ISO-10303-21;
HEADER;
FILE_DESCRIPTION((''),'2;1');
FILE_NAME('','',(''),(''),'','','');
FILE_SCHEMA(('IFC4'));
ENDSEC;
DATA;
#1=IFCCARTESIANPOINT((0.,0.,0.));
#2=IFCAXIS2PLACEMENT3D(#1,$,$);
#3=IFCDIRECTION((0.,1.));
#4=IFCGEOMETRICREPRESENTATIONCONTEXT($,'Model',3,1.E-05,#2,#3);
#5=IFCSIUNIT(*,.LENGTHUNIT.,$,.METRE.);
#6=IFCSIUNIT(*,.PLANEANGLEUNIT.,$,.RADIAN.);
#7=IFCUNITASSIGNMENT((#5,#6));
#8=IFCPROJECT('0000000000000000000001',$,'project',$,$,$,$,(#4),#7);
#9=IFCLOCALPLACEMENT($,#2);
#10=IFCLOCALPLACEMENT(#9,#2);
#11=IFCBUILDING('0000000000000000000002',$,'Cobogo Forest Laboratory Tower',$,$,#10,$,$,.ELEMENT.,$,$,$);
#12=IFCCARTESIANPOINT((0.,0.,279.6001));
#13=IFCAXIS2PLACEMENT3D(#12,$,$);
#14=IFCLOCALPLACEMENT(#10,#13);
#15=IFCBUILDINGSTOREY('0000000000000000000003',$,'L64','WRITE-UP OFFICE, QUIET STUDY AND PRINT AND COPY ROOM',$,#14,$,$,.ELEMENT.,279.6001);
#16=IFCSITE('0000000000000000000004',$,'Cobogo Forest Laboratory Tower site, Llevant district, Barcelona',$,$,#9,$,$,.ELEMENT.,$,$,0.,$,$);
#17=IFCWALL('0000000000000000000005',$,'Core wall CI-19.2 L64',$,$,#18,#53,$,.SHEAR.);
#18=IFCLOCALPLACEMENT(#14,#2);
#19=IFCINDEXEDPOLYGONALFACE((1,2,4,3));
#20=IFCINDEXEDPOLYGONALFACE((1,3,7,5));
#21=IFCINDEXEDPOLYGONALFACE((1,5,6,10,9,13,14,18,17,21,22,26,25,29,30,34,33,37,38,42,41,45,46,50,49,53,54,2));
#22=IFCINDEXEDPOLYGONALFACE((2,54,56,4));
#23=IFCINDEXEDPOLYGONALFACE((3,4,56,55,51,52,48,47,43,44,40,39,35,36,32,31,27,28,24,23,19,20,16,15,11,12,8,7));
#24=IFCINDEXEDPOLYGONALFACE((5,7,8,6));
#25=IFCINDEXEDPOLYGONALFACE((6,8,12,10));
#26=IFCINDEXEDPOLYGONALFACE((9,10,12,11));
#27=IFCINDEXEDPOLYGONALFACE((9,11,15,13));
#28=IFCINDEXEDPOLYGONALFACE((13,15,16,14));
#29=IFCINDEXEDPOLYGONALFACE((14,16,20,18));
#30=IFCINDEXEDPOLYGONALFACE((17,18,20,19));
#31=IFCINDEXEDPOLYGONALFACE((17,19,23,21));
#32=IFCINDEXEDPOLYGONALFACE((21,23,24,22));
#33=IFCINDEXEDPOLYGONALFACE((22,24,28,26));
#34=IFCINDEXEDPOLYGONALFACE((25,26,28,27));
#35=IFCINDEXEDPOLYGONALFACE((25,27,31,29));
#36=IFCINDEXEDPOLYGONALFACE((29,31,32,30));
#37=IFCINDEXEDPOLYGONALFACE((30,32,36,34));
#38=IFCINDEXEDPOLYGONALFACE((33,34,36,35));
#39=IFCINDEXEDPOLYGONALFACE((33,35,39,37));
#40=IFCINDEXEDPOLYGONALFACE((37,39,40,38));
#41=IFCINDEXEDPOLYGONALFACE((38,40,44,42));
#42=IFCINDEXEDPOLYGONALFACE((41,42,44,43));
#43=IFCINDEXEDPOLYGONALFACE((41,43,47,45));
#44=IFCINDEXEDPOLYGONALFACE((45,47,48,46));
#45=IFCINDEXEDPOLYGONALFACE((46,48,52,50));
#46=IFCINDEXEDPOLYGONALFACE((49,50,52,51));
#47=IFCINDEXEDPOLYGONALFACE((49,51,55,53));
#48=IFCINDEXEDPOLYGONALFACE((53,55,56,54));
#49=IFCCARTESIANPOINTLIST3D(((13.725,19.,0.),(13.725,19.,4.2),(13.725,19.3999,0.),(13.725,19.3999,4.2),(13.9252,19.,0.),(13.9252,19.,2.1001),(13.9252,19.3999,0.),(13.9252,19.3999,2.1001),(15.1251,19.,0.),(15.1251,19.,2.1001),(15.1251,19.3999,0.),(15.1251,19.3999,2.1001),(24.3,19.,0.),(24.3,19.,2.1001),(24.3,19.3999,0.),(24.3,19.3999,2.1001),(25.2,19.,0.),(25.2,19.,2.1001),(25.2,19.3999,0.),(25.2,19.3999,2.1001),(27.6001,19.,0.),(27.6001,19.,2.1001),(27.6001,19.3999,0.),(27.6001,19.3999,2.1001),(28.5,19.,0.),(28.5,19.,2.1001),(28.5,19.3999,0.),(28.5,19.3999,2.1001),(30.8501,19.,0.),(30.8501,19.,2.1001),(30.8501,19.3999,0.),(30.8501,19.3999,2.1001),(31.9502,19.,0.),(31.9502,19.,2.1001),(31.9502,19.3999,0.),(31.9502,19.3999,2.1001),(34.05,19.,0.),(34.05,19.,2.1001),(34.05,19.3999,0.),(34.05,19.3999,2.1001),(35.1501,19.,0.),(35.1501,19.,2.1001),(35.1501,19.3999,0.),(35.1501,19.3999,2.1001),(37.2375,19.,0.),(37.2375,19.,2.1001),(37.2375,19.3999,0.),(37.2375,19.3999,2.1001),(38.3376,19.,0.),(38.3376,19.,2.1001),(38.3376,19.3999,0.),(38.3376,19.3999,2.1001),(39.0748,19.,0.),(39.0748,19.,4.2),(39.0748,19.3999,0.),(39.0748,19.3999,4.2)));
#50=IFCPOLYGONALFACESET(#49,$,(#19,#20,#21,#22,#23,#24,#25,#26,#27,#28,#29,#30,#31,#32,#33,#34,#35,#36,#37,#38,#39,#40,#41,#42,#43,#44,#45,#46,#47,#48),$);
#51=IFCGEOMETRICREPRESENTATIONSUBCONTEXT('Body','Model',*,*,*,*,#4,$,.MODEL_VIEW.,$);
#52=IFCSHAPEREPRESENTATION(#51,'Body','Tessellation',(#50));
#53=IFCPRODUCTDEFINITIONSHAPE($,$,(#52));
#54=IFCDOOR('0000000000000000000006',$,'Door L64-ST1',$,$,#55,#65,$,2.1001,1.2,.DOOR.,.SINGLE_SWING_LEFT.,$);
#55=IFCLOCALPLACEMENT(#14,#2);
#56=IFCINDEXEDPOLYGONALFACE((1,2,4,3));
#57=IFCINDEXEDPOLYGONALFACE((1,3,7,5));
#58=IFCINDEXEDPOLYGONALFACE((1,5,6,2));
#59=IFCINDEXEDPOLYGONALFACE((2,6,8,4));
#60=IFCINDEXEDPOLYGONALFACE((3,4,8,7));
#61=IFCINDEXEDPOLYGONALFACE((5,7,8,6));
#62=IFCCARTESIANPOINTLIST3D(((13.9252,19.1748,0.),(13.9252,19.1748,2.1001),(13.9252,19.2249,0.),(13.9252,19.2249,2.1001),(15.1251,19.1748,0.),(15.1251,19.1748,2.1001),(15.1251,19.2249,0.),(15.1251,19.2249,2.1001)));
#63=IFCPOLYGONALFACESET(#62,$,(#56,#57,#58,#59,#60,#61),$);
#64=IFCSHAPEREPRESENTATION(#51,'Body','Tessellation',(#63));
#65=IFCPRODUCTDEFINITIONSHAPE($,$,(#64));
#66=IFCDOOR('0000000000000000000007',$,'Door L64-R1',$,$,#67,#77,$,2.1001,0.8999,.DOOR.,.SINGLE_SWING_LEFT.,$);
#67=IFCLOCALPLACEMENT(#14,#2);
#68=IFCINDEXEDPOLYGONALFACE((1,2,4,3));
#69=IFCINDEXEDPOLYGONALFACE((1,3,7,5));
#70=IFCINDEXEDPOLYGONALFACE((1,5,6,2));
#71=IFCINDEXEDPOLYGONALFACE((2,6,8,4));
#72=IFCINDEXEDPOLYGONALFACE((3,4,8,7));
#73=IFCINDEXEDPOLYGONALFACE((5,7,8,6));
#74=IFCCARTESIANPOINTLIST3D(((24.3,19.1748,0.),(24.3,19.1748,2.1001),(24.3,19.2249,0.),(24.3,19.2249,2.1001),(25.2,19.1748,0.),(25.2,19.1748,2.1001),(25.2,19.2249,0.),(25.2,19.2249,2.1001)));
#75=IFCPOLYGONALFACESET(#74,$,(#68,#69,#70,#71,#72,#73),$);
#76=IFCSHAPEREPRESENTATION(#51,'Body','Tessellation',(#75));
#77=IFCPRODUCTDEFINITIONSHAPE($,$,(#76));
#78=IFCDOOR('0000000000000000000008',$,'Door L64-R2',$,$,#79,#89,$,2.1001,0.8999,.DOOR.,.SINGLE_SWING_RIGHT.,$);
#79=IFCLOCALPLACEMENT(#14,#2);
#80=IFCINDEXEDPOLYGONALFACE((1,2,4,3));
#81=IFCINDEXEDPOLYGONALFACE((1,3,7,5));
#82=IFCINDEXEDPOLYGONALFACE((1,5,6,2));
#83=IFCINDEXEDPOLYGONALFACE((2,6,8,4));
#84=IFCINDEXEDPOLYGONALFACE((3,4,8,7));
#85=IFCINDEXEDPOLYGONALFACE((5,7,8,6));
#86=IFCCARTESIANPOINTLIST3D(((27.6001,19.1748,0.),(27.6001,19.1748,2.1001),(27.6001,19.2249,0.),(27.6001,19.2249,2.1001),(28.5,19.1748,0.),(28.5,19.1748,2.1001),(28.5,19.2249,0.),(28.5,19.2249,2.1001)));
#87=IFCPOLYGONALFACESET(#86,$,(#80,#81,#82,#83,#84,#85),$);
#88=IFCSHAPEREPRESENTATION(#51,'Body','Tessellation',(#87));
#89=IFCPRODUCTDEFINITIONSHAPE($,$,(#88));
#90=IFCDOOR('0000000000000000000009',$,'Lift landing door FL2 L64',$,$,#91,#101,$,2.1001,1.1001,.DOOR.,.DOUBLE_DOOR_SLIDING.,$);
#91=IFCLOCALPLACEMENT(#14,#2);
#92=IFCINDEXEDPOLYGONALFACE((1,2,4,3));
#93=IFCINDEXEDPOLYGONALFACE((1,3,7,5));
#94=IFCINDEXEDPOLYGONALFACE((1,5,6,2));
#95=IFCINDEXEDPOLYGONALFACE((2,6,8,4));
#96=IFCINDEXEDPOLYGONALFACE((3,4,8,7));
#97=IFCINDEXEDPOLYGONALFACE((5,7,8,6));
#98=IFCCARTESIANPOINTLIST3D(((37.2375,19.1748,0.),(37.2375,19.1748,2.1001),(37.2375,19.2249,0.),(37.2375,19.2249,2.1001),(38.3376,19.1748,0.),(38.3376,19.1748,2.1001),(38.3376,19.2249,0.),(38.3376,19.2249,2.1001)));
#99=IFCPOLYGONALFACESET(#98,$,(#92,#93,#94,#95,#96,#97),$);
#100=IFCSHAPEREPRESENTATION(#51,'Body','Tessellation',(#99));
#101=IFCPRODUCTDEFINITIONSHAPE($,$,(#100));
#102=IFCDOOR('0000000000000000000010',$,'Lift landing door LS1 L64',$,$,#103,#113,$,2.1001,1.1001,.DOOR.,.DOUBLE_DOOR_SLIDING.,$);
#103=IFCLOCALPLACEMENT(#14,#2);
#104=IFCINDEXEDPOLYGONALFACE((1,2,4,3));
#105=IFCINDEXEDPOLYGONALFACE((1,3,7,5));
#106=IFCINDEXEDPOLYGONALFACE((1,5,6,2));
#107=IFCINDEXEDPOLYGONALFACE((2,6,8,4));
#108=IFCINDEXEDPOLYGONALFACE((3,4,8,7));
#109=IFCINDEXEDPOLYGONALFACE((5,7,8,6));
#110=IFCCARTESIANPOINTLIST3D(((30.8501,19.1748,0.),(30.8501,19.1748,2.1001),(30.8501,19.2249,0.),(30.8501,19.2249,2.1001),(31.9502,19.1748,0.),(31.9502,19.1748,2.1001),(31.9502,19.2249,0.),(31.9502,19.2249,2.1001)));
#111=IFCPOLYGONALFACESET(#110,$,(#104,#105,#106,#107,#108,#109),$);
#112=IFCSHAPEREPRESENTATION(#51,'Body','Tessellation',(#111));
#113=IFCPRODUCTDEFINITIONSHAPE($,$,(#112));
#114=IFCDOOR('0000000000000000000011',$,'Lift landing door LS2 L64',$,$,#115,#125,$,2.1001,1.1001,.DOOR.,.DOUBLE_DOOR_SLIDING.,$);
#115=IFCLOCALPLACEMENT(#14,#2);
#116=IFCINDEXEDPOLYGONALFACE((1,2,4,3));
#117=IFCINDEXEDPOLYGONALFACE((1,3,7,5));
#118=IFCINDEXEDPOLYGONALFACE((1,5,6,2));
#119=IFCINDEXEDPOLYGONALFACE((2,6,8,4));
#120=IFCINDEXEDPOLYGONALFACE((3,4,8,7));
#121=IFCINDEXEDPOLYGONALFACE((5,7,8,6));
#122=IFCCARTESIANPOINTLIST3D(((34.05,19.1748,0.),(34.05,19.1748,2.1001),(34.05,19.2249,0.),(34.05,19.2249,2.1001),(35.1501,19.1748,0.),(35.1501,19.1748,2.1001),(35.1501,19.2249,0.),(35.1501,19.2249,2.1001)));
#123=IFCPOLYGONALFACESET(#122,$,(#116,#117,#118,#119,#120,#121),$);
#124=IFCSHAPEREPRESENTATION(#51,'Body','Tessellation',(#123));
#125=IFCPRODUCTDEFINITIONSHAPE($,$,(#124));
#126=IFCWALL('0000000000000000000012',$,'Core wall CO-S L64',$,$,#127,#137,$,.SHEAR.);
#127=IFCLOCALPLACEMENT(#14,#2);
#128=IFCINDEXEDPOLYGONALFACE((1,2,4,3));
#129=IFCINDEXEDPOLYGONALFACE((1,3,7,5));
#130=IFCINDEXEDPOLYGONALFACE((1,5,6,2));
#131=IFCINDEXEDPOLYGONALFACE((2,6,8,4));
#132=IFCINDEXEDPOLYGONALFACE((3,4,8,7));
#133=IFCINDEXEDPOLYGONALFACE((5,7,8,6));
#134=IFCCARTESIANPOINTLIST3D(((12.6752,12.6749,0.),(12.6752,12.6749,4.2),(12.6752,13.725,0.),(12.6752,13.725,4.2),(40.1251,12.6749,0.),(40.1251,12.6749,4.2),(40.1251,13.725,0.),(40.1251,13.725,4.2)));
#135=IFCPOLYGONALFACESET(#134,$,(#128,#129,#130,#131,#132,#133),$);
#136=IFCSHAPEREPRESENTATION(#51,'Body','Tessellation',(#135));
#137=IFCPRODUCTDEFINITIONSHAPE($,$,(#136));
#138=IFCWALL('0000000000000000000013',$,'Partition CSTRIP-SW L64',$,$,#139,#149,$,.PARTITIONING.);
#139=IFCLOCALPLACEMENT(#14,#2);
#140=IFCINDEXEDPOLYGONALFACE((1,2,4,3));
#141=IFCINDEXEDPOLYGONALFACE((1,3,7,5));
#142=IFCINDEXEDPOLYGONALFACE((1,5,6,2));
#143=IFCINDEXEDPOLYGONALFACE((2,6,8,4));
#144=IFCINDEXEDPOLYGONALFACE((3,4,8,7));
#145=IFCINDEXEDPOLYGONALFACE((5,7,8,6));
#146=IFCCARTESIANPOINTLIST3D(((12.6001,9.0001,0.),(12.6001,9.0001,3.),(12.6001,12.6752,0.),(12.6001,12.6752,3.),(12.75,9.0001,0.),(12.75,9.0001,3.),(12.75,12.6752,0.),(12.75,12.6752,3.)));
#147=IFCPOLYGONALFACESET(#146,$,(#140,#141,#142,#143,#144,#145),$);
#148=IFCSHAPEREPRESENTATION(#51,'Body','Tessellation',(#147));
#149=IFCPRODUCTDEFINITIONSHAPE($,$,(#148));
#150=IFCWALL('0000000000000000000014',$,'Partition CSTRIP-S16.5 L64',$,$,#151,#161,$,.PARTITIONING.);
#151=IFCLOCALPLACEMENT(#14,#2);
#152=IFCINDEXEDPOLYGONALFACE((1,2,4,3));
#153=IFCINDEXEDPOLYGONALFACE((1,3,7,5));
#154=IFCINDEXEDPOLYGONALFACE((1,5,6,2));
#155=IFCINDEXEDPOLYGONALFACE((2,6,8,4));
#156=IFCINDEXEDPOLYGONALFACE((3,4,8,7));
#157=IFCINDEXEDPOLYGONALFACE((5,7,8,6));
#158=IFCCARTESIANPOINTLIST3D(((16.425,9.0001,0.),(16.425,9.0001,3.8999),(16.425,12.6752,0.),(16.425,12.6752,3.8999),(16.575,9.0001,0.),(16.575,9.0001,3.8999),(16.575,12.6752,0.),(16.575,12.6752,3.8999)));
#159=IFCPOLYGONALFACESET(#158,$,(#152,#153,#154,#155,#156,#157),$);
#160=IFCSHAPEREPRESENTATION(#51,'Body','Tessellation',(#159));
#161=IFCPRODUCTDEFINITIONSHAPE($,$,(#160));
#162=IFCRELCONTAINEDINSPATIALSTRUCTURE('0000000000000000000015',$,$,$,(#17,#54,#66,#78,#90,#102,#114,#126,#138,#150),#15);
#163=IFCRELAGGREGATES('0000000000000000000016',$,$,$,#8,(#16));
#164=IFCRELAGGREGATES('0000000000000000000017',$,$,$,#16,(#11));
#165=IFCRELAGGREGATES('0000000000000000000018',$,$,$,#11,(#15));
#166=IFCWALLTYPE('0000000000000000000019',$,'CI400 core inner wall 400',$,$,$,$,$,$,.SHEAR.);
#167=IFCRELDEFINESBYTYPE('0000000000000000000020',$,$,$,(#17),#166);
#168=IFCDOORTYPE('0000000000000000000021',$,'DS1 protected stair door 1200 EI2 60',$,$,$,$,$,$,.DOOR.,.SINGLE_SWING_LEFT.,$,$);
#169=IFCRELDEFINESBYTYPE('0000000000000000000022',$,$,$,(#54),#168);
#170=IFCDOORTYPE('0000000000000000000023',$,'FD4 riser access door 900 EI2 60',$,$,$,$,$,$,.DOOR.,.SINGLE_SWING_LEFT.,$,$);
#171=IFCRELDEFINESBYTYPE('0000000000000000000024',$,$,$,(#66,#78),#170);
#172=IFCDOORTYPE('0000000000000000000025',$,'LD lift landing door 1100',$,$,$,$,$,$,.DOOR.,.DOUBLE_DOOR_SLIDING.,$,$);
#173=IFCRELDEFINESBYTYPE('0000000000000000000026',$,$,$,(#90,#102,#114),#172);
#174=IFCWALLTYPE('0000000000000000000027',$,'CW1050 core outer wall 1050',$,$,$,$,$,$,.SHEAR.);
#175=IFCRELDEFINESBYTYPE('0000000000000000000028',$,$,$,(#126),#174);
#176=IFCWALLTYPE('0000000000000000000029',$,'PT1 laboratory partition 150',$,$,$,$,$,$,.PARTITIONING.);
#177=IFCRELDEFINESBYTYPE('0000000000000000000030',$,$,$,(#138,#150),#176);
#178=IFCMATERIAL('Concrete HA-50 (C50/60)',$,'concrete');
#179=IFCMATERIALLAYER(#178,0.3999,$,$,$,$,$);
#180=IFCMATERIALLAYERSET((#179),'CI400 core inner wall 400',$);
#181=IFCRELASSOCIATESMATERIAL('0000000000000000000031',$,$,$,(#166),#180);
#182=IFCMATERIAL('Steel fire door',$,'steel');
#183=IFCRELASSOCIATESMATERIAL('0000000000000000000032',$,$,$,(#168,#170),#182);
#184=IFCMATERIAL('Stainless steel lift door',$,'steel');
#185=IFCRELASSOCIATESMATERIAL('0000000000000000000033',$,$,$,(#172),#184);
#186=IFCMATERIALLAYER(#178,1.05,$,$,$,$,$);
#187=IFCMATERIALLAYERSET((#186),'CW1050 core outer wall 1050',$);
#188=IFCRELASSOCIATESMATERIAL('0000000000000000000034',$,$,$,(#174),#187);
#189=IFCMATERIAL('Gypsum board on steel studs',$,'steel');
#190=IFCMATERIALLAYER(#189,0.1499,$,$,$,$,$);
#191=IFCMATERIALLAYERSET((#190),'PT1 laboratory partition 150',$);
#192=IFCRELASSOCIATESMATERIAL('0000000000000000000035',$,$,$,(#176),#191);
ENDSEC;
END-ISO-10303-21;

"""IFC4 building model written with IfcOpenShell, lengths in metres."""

from ifc_helpers import new_model, si_unit, direction, frame, frame_2d, origin, place, context, subcontext, project, spatial, rectangle, extrude, material, layer, layer_set, type_object, element, fill, save


model = new_model("IFC4")

# Units and contexts
model_context = context("Model", 3, precision=1e-05, world=origin(), true_north=direction((0.0, 1.0)))
body_context = subcontext(model_context, "Body", "Model", "MODEL_VIEW")
ifc_project = project(units=[si_unit("LENGTHUNIT", "METRE"), si_unit("PLANEANGLEUNIT", "RADIAN")], contexts=[model_context])

# Site, building, storey
site_placement = place(None, origin())
site = spatial("IfcSite", under=ifc_project, at=site_placement, Name="Cobogo Forest Laboratory Tower site, Llevant district, Barcelona", CompositionType="ELEMENT", RefElevation=0.0)
building_placement = place(site_placement, origin())
building = spatial("IfcBuilding", under=site, at=building_placement, Name="Cobogo Forest Laboratory Tower", CompositionType="ELEMENT")
storey_placement = place(building_placement, frame((0.0, 0.0, 279.6001)))
storey = spatial("IfcBuildingStorey", under=building, at=storey_placement, Name="L64", Description="WRITE-UP OFFICE, QUIET STUDY AND PRINT AND COPY ROOM", CompositionType="ELEMENT", Elevation=279.6001)

# Wall, openings, doors
ifc_material_1 = material(Name="Concrete HA-50 (C50/60)", Category="concrete")
ifc_layer_1 = layer(ifc_material_1, 0.3999)
ifc_layer_set_1 = layer_set([ifc_layer_1], Name="CI400 core inner wall 400")
wall_type_1 = type_object("IfcWallType", Name="CI400 core inner wall 400", PredefinedType="SHEAR", material=ifc_layer_set_1)
ifc_material_2 = material(Name="Steel fire door", Category="steel")
wall_1_placement = place(storey_placement, frame((13.7251, 19.2, 0.0), z_axis=(0.0, 0.0, 1.0), x_axis=(1.0, 0.0, 0.0)))
wall_1 = element("IfcWall", 1, at=wall_1_placement, inside=storey, type_object=wall_type_1, Name="Core wall CI-19.2 L64", PredefinedType="SHEAR", context=body_context, shape_type="SweptSolid", body=[
    extrude(rectangle(XDim=25.3499, YDim=0.3999, at=frame_2d((12.6748, 0.0))), origin(), (0.0, 0.0, 1.0), 4.2),
])
opening_1_placement = place(wall_1_placement, frame((10.575, 0.0, 0.0)))
opening_1 = element("IfcOpeningElement", 2, at=opening_1_placement, cuts=wall_1, PredefinedType="OPENING", context=body_context, shape_type="SweptSolid", body=[
    extrude(rectangle(XDim=0.8999, YDim=2.1001, at=frame_2d((0.45, 1.05))), frame((0.0, 0.21, 0.0), z_axis=(0.0, -1.0, 0.0), x_axis=(1.0, 0.0, 0.0)), (0.0, 0.0, 1.0), 0.4199),
])
opening_2_placement = place(wall_1_placement, frame((13.875, 0.0, 0.0)))
opening_2 = element("IfcOpeningElement", 3, at=opening_2_placement, cuts=wall_1, PredefinedType="OPENING", context=body_context, shape_type="SweptSolid", body=[
    extrude(rectangle(XDim=0.8999, YDim=2.1001, at=frame_2d((0.45, 1.05))), frame((0.0, 0.21, 0.0), z_axis=(0.0, -1.0, 0.0), x_axis=(1.0, 0.0, 0.0)), (0.0, 0.0, 1.0), 0.4199),
])
opening_3_placement = place(wall_1_placement, frame((0.2, 0.0, 0.0)))
opening_3 = element("IfcOpeningElement", 4, at=opening_3_placement, cuts=wall_1, PredefinedType="OPENING", context=body_context, shape_type="SweptSolid", body=[
    extrude(rectangle(XDim=1.2, YDim=2.1001, at=frame_2d((0.6001, 1.05))), frame((0.0, 0.21, 0.0), z_axis=(0.0, -1.0, 0.0), x_axis=(1.0, 0.0, 0.0)), (0.0, 0.0, 1.0), 0.4199),
])
opening_4_placement = place(wall_1_placement, frame((23.5125, 0.0, 0.0)))
opening_4 = element("IfcOpeningElement", 5, at=opening_4_placement, cuts=wall_1, PredefinedType="OPENING", context=body_context, shape_type="SweptSolid", body=[
    extrude(rectangle(XDim=1.1001, YDim=2.1001, at=frame_2d((0.55, 1.05))), frame((0.0, 0.21, 0.0), z_axis=(0.0, -1.0, 0.0), x_axis=(1.0, 0.0, 0.0)), (0.0, 0.0, 1.0), 0.4199),
])
opening_5_placement = place(wall_1_placement, frame((17.125, 0.0, 0.0)))
opening_5 = element("IfcOpeningElement", 6, at=opening_5_placement, cuts=wall_1, PredefinedType="OPENING", context=body_context, shape_type="SweptSolid", body=[
    extrude(rectangle(XDim=1.1001, YDim=2.1001, at=frame_2d((0.55, 1.05))), frame((0.0, 0.21, 0.0), z_axis=(0.0, -1.0, 0.0), x_axis=(1.0, 0.0, 0.0)), (0.0, 0.0, 1.0), 0.4199),
])
opening_6_placement = place(wall_1_placement, frame((20.325, 0.0, 0.0)))
opening_6 = element("IfcOpeningElement", 7, at=opening_6_placement, cuts=wall_1, PredefinedType="OPENING", context=body_context, shape_type="SweptSolid", body=[
    extrude(rectangle(XDim=1.1001, YDim=2.1001, at=frame_2d((0.55, 1.05))), frame((0.0, 0.21, 0.0), z_axis=(0.0, -1.0, 0.0), x_axis=(1.0, 0.0, 0.0)), (0.0, 0.0, 1.0), 0.4199),
])
door_type_1 = type_object("IfcDoorType", Name="DS1 protected stair door 1200 EI2 60", OperationType="SINGLE_SWING_LEFT", PredefinedType="DOOR", material=ifc_material_2)
door_1_placement = place(opening_3_placement, origin())
door_1 = element("IfcDoor", 8, at=door_1_placement, inside=storey, type_object=door_type_1, Name="Door L64-ST1", OperationType="SINGLE_SWING_LEFT", OverallHeight=2.1001, OverallWidth=1.2, PredefinedType="DOOR", context=body_context, shape_type="SweptSolid", body=[
    extrude(rectangle(XDim=1.2, YDim=2.1001, at=frame_2d((0.6001, 1.05))), frame((0.0, 0.0249, 0.0), z_axis=(0.0, -1.0, 0.0), x_axis=(1.0, 0.0, 0.0)), (0.0, 0.0, 1.0), 0.05),
])
fill(opening_3, door_1)
door_type_2 = type_object("IfcDoorType", Name="FD4 riser access door 900 EI2 60", OperationType="SINGLE_SWING_LEFT", PredefinedType="DOOR", material=ifc_material_2)
door_2_placement = place(opening_1_placement, origin())
door_2 = element("IfcDoor", 9, at=door_2_placement, inside=storey, type_object=door_type_2, Name="Door L64-R1", OperationType="SINGLE_SWING_LEFT", OverallHeight=2.1001, OverallWidth=0.8999, PredefinedType="DOOR", context=body_context, shape_type="SweptSolid", body=[
    extrude(rectangle(XDim=0.8999, YDim=2.1001, at=frame_2d((0.45, 1.05))), frame((0.0, 0.0249, 0.0), z_axis=(0.0, -1.0, 0.0), x_axis=(1.0, 0.0, 0.0)), (0.0, 0.0, 1.0), 0.05),
])
fill(opening_1, door_2)
door_3_placement = place(opening_2_placement, origin())
door_3 = element("IfcDoor", 10, at=door_3_placement, inside=storey, type_object=door_type_2, Name="Door L64-R2", OperationType="SINGLE_SWING_RIGHT", OverallHeight=2.1001, OverallWidth=0.8999, PredefinedType="DOOR", context=body_context, shape_type="SweptSolid", body=[
    extrude(rectangle(XDim=0.8999, YDim=2.1001, at=frame_2d((0.45, 1.05))), frame((0.0, 0.0249, 0.0), z_axis=(0.0, -1.0, 0.0), x_axis=(1.0, 0.0, 0.0)), (0.0, 0.0, 1.0), 0.05),
])
fill(opening_2, door_3)
ifc_material_3 = material(Name="Stainless steel lift door", Category="steel")
door_type_3 = type_object("IfcDoorType", Name="LD lift landing door 1100", OperationType="DOUBLE_DOOR_SLIDING", PredefinedType="DOOR", material=ifc_material_3)
door_4_placement = place(opening_4_placement, origin())
door_4 = element("IfcDoor", 11, at=door_4_placement, inside=storey, type_object=door_type_3, Name="Lift landing door FL2 L64", OperationType="DOUBLE_DOOR_SLIDING", OverallHeight=2.1001, OverallWidth=1.1001, PredefinedType="DOOR", context=body_context, shape_type="SweptSolid", body=[
    extrude(rectangle(XDim=1.1001, YDim=2.1001, at=frame_2d((0.55, 1.05))), frame((0.0, 0.0249, 0.0), z_axis=(0.0, -1.0, 0.0), x_axis=(1.0, 0.0, 0.0)), (0.0, 0.0, 1.0), 0.05),
])
fill(opening_4, door_4)
door_5_placement = place(opening_5_placement, origin())
door_5 = element("IfcDoor", 12, at=door_5_placement, inside=storey, type_object=door_type_3, Name="Lift landing door LS1 L64", OperationType="DOUBLE_DOOR_SLIDING", OverallHeight=2.1001, OverallWidth=1.1001, PredefinedType="DOOR", context=body_context, shape_type="SweptSolid", body=[
    extrude(rectangle(XDim=1.1001, YDim=2.1001, at=frame_2d((0.55, 1.05))), frame((0.0, 0.0249, 0.0), z_axis=(0.0, -1.0, 0.0), x_axis=(1.0, 0.0, 0.0)), (0.0, 0.0, 1.0), 0.05),
])
fill(opening_5, door_5)
door_6_placement = place(opening_6_placement, origin())
door_6 = element("IfcDoor", 13, at=door_6_placement, inside=storey, type_object=door_type_3, Name="Lift landing door LS2 L64", OperationType="DOUBLE_DOOR_SLIDING", OverallHeight=2.1001, OverallWidth=1.1001, PredefinedType="DOOR", context=body_context, shape_type="SweptSolid", body=[
    extrude(rectangle(XDim=1.1001, YDim=2.1001, at=frame_2d((0.55, 1.05))), frame((0.0, 0.0249, 0.0), z_axis=(0.0, -1.0, 0.0), x_axis=(1.0, 0.0, 0.0)), (0.0, 0.0, 1.0), 0.05),
])
fill(opening_6, door_6)

# Walls
ifc_layer_2 = layer(ifc_material_1, 1.05)
ifc_layer_set_2 = layer_set([ifc_layer_2], Name="CW1050 core outer wall 1050")
wall_type_2 = type_object("IfcWallType", Name="CW1050 core outer wall 1050", PredefinedType="SHEAR", material=ifc_layer_set_2)
wall_2_placement = place(storey_placement, frame((12.675, 13.2, 0.0), z_axis=(0.0, 0.0, 1.0), x_axis=(1.0, 0.0, 0.0)))
element("IfcWall", 14, at=wall_2_placement, inside=storey, type_object=wall_type_2, Name="Core wall CO-S L64", PredefinedType="SHEAR", context=body_context, shape_type="SweptSolid", body=[
    extrude(rectangle(XDim=27.45, YDim=1.05, at=frame_2d((13.7251, 0.0))), origin(), (0.0, 0.0, 1.0), 4.2),
])
ifc_material_4 = material(Name="Gypsum board on steel studs", Category="steel")
ifc_layer_3 = layer(ifc_material_4, 0.1499)
ifc_layer_set_3 = layer_set([ifc_layer_3], Name="PT1 laboratory partition 150")
wall_type_3 = type_object("IfcWallType", Name="PT1 laboratory partition 150", PredefinedType="PARTITIONING", material=ifc_layer_set_3)
wall_3_placement = place(storey_placement, frame((12.675, 12.675, 0.0), z_axis=(0.0, 0.0, 1.0), x_axis=(0.0, -1.0, 0.0)))
element("IfcWall", 15, at=wall_3_placement, inside=storey, type_object=wall_type_3, Name="Partition CSTRIP-SW L64", PredefinedType="PARTITIONING", context=body_context, shape_type="SweptSolid", body=[
    extrude(rectangle(XDim=3.675, YDim=0.1499, at=frame_2d((1.8374, 0.0))), origin(), (0.0, 0.0, 1.0), 3.0),
])
wall_4_placement = place(storey_placement, frame((16.5, 12.675, 0.0), z_axis=(0.0, 0.0, 1.0), x_axis=(0.0, -1.0, 0.0)))
element("IfcWall", 16, at=wall_4_placement, inside=storey, type_object=wall_type_3, Name="Partition CSTRIP-S16.5 L64", PredefinedType="PARTITIONING", context=body_context, shape_type="SweptSolid", body=[
    extrude(rectangle(XDim=3.675, YDim=0.1499, at=frame_2d((1.8374, 0.0))), origin(), (0.0, 0.0, 1.0), 3.8999),
])

save(model, "model.ifc")
